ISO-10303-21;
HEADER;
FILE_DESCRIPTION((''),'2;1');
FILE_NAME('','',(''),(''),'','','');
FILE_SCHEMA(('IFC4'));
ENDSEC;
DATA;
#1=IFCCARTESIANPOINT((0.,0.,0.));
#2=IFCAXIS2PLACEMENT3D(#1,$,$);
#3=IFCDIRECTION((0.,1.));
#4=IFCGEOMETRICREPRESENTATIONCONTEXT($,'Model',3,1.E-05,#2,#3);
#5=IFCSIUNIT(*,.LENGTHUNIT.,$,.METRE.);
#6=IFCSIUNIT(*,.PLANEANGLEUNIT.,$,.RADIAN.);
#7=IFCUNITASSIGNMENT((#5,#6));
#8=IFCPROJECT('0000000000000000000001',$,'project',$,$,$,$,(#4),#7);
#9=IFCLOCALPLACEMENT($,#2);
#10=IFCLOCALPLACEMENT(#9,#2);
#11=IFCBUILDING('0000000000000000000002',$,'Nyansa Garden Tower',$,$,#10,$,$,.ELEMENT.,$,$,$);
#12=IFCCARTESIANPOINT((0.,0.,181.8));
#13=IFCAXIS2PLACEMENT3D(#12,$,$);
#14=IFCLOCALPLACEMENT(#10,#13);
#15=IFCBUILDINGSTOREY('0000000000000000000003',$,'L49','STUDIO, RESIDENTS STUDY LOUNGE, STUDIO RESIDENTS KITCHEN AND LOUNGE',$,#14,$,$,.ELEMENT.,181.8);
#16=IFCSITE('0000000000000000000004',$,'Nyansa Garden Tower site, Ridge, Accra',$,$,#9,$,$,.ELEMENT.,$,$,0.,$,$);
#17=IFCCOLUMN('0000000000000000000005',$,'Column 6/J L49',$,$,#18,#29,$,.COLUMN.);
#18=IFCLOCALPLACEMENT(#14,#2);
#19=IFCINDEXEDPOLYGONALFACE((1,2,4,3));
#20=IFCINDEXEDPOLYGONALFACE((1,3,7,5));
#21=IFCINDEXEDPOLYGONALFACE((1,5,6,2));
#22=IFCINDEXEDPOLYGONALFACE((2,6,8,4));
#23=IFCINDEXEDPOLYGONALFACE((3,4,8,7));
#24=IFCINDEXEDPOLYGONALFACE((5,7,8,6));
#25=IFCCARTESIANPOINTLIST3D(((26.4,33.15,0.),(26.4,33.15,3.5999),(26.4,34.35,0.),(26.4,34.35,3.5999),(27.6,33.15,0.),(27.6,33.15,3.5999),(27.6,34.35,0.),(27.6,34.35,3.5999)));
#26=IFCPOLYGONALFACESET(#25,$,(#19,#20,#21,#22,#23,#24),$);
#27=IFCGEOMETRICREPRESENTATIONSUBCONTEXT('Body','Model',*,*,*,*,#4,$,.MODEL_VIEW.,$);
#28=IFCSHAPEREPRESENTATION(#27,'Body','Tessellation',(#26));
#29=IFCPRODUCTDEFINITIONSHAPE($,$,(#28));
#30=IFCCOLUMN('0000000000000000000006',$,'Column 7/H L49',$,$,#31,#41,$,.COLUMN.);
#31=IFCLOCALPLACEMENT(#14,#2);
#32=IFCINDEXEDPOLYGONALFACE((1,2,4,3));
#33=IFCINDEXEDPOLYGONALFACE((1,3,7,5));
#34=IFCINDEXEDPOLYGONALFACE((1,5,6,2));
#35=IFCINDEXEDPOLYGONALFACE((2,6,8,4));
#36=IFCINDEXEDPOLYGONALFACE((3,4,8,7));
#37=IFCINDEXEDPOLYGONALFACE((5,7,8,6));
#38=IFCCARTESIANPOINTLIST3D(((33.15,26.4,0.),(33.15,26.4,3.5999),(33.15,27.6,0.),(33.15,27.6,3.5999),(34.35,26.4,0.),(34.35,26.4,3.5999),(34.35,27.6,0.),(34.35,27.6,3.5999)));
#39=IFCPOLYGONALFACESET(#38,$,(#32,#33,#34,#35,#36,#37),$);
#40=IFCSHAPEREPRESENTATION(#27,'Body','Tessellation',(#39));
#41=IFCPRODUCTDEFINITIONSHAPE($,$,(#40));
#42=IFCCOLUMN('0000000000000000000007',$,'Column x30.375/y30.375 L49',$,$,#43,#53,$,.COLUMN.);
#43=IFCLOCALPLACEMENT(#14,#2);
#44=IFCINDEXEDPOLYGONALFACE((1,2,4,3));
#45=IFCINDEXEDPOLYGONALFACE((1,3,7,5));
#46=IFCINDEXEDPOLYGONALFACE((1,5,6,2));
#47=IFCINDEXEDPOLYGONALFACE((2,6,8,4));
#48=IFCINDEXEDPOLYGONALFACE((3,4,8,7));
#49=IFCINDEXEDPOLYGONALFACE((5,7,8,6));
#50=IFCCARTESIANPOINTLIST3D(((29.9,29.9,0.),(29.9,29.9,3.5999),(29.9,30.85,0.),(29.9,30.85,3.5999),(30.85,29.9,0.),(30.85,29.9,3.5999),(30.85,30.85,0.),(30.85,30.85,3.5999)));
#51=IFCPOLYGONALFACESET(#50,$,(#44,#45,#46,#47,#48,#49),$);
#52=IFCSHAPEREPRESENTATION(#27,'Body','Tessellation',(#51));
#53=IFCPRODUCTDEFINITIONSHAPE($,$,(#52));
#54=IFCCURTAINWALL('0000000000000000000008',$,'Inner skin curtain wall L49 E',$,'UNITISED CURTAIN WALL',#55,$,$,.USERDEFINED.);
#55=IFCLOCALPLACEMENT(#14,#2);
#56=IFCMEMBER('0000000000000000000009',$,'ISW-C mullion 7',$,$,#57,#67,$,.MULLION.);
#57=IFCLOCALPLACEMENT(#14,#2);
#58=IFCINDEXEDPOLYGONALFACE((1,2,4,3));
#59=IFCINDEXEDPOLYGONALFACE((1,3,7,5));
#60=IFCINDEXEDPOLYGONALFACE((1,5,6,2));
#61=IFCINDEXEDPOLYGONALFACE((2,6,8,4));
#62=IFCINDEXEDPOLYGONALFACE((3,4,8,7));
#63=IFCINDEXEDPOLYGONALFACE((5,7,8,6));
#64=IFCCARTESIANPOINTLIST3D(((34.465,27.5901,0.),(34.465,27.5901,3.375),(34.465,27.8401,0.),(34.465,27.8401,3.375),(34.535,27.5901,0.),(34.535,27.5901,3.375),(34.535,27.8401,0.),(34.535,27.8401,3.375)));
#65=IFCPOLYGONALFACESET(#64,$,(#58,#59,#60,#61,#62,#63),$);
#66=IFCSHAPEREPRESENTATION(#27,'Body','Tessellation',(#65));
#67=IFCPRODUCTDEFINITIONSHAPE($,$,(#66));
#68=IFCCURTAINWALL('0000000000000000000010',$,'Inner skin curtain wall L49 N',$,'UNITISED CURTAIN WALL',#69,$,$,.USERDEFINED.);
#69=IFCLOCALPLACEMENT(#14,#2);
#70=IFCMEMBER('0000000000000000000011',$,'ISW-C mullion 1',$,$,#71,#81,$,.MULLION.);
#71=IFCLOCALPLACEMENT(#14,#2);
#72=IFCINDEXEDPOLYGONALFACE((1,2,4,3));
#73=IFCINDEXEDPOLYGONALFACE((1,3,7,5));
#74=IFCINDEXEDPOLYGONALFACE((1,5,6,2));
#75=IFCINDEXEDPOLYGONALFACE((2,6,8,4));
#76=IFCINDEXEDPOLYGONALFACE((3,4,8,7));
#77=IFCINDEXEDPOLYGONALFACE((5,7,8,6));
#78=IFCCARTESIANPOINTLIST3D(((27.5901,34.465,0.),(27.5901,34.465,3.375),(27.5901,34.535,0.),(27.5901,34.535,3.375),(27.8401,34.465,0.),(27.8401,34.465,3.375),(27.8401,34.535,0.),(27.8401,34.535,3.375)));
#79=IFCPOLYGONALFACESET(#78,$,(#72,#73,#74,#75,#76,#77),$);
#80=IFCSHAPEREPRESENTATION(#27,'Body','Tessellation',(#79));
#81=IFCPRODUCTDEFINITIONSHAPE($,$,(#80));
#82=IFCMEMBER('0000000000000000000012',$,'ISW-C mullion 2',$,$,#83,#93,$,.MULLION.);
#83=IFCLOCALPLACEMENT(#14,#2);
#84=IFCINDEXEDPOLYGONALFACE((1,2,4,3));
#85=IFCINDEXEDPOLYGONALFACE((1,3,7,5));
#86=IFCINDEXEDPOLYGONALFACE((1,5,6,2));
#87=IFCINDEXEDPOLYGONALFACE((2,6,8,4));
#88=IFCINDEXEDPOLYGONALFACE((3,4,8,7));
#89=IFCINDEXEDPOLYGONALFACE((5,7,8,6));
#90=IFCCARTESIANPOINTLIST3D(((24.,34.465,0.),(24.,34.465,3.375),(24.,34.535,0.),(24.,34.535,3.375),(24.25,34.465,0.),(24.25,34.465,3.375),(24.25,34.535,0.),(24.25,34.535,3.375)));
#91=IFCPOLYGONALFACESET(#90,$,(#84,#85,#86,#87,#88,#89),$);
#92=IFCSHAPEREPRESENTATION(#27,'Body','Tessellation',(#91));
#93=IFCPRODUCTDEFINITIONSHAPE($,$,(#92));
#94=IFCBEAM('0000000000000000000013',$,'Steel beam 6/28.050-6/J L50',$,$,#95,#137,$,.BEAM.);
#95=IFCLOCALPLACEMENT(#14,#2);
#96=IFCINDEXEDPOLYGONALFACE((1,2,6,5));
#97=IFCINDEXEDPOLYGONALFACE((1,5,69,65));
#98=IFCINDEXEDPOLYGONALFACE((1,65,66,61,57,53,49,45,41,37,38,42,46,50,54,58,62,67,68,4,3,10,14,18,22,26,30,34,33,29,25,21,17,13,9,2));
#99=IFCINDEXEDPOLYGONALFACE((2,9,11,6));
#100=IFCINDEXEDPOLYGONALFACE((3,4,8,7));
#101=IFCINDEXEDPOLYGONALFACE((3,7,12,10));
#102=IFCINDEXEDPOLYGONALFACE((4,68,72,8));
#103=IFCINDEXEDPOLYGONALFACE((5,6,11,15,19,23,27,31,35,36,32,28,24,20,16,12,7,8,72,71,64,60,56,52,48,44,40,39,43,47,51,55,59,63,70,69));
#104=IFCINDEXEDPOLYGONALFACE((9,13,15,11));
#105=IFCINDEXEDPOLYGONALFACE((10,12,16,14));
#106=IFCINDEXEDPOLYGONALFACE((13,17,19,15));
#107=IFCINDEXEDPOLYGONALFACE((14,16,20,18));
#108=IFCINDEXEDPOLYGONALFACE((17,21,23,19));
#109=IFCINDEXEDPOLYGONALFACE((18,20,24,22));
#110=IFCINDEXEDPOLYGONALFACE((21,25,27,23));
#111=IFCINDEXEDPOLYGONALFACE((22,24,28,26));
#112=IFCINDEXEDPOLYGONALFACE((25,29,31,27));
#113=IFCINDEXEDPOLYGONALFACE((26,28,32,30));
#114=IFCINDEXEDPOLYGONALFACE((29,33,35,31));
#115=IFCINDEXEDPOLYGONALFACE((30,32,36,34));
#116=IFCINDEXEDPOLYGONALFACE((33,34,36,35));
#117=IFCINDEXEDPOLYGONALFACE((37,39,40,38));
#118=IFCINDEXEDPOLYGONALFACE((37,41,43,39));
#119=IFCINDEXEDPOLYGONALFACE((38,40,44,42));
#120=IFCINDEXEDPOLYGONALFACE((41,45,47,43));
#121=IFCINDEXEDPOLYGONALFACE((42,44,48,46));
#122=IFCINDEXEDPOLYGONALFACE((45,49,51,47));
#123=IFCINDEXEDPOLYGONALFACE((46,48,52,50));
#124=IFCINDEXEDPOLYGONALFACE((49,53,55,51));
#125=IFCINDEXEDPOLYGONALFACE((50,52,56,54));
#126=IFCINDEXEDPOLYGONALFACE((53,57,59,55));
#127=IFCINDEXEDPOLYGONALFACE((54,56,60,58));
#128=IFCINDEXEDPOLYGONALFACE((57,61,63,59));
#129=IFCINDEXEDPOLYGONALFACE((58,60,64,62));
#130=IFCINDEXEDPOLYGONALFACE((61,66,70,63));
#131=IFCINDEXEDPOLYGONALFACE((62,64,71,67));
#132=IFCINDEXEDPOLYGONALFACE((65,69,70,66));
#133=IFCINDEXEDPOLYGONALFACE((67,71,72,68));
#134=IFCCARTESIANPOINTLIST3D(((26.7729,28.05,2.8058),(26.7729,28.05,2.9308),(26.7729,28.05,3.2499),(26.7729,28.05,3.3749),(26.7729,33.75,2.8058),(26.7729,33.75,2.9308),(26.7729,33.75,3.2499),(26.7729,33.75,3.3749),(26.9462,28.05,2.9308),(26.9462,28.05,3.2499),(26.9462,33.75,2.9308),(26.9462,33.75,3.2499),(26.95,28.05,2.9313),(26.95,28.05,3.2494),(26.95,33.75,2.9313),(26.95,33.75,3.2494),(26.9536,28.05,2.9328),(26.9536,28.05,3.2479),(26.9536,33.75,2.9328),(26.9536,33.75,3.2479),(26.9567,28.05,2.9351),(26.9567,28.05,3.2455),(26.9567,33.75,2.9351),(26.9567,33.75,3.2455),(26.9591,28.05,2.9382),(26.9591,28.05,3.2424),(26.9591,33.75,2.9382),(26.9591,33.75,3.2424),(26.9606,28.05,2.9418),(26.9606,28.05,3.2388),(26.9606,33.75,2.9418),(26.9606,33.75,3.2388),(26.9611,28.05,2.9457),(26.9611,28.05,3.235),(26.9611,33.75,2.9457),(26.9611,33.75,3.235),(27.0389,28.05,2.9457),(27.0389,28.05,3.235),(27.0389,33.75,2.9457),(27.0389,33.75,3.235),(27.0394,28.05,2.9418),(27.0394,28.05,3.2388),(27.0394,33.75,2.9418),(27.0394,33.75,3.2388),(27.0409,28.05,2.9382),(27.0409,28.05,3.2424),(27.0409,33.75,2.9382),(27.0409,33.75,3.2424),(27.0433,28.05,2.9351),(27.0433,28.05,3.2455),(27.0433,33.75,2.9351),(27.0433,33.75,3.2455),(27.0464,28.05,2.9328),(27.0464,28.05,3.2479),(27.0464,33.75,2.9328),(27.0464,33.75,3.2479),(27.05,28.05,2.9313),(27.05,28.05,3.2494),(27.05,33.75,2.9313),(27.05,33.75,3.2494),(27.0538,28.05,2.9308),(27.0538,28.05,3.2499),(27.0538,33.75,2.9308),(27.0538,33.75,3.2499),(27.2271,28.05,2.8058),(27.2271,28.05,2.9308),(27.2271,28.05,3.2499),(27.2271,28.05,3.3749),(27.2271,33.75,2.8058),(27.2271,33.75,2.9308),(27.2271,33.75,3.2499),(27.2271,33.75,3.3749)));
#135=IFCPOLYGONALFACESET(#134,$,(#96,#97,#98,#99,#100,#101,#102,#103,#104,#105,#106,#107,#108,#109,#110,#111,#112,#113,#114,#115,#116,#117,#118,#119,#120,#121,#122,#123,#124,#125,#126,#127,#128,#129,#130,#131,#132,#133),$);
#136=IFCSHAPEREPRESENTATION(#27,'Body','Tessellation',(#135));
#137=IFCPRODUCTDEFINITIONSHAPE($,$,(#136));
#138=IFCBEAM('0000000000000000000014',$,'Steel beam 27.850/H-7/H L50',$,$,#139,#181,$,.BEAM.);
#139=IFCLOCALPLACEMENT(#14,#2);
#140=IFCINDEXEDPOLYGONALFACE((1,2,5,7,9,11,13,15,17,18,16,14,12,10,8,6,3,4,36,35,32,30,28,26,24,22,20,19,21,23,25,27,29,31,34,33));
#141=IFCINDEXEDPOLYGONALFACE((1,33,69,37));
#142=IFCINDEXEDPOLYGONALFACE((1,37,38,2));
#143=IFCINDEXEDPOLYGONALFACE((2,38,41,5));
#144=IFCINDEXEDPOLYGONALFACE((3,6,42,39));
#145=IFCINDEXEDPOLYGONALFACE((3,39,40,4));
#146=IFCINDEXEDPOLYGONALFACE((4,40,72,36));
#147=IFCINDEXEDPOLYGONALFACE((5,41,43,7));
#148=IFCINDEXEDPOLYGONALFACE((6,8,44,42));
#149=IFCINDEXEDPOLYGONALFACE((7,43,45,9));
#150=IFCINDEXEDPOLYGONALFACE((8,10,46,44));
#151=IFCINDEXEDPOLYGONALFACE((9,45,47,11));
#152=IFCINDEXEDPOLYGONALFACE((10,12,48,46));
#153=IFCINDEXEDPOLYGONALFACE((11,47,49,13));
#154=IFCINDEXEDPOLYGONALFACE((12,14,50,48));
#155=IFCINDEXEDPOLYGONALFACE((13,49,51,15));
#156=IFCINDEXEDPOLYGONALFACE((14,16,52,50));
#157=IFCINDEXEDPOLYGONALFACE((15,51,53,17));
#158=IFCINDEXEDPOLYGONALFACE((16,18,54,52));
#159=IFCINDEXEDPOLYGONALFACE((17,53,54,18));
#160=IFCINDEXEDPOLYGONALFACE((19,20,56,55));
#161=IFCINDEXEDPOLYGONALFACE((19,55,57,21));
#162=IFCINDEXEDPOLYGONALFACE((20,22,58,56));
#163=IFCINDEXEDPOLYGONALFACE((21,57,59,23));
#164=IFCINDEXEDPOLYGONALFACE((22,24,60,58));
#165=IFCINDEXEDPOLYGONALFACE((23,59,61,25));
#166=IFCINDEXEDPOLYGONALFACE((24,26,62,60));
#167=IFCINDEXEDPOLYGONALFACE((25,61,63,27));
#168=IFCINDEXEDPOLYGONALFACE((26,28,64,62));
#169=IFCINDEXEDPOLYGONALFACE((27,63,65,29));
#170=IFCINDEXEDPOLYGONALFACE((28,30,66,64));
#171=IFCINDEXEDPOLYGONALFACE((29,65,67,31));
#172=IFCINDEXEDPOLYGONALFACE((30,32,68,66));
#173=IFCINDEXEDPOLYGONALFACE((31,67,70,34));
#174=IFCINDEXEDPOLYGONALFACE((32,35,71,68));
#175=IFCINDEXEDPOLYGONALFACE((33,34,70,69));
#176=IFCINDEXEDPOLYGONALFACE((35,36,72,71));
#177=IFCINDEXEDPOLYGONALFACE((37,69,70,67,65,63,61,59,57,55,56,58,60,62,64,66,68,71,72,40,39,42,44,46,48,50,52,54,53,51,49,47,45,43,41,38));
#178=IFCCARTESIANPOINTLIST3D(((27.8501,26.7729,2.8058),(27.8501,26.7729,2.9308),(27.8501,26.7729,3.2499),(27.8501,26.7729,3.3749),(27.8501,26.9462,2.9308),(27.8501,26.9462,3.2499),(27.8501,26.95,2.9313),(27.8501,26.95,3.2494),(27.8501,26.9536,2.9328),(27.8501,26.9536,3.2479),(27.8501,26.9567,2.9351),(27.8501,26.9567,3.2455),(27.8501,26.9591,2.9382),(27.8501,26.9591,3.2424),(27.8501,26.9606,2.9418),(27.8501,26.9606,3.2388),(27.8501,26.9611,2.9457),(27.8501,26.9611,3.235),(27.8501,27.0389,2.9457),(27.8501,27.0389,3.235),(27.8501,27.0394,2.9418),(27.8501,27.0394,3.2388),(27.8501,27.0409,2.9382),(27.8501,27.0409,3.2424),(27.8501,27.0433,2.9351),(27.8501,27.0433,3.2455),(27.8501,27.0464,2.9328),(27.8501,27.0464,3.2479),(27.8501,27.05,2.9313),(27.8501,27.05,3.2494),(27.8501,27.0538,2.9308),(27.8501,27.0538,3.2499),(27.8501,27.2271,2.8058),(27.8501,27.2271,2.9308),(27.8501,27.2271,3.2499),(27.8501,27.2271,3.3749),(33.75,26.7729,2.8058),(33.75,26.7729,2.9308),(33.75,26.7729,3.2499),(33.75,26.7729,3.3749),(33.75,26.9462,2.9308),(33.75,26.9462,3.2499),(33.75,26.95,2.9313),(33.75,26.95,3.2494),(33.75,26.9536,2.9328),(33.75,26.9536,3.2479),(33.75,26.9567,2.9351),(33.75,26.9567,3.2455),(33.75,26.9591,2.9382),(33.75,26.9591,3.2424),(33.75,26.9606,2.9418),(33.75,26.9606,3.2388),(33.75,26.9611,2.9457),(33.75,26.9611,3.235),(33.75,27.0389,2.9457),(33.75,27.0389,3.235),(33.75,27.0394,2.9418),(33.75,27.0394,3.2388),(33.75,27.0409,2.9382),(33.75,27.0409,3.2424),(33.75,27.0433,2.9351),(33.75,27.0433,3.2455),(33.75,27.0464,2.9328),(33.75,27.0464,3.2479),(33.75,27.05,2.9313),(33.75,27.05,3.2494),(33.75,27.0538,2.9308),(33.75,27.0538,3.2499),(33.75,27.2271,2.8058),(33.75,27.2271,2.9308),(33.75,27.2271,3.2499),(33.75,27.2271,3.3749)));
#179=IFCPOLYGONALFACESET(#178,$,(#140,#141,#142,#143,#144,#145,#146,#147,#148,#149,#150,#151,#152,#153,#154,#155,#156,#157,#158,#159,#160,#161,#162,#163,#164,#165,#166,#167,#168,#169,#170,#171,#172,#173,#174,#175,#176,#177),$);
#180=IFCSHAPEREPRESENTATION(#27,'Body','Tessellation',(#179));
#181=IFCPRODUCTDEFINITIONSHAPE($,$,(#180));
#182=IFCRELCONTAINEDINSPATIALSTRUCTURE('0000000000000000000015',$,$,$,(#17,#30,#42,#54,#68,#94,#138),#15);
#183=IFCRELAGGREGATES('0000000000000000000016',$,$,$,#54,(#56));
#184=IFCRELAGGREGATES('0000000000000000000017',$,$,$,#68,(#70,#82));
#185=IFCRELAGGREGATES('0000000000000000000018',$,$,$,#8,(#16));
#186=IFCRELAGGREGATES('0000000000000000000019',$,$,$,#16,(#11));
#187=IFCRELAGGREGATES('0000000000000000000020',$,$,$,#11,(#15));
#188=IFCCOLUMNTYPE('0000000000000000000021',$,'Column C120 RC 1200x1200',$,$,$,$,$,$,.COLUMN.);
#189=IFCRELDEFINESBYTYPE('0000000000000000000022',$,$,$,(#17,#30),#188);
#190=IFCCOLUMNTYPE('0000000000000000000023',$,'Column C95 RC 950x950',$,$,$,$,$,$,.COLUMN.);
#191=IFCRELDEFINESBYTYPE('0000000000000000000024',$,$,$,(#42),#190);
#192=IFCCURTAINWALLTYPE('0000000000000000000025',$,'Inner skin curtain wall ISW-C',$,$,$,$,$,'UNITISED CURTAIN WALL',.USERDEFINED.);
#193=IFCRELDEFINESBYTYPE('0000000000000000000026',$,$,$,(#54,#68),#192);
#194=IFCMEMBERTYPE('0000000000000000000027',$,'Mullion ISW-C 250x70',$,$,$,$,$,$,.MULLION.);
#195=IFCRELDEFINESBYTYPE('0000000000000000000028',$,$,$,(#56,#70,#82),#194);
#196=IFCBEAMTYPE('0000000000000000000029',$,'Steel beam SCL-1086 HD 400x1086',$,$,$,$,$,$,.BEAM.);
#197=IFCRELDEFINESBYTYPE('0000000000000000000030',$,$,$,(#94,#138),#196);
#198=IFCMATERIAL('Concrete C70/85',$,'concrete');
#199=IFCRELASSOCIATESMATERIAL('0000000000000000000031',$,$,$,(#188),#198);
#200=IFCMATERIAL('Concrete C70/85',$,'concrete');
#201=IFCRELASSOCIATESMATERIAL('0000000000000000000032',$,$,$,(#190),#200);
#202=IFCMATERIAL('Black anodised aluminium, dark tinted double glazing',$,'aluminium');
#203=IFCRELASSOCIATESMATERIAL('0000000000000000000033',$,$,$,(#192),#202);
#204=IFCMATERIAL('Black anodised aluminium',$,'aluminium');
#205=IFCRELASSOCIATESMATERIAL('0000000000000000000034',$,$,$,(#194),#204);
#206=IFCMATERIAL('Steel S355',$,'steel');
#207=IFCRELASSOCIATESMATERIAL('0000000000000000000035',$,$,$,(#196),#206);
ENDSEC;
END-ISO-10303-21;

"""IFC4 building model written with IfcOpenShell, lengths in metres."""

from ifc_helpers import new_model, si_unit, direction, frame, origin, origin_2d, place, context, subcontext, project, spatial, rectangle, i_section, extrude, material, material_profile, profile_set, type_object, element, aggregate, save


model = new_model("IFC4")

# Units and contexts
model_context = context("Model", 3, precision=1e-05, world=origin(), true_north=direction((0.0, 1.0)))
body_context = subcontext(model_context, "Body", "Model", "MODEL_VIEW")
ifc_project = project(units=[si_unit("LENGTHUNIT", "METRE"), si_unit("PLANEANGLEUNIT", "RADIAN")], contexts=[model_context])

# Site, building, storey
site_placement = place(None, origin())
site = spatial("IfcSite", under=ifc_project, at=site_placement, Name="Nyansa Garden Tower site, Ridge, Accra", CompositionType="ELEMENT", RefElevation=0.0)
building_placement = place(site_placement, origin())
building = spatial("IfcBuilding", under=site, at=building_placement, Name="Nyansa Garden Tower", CompositionType="ELEMENT")
storey_placement = place(building_placement, frame((0.0, 0.0, 181.8)))
storey = spatial("IfcBuildingStorey", under=building, at=storey_placement, Name="L49", Description="STUDIO, RESIDENTS STUDY LOUNGE, STUDIO RESIDENTS KITCHEN AND LOUNGE", CompositionType="ELEMENT", Elevation=181.8)

# Columns
ifc_material_1 = material(Name="Concrete C70/85", Category="concrete")
ifc_material_profile_1 = material_profile(ifc_material_1, rectangle(XDim=1.2, YDim=1.2, at=origin_2d()), Name="RC 1200x1200")
ifc_profile_set_1 = profile_set([ifc_material_profile_1], Name="Concrete C70/85")
column_type_1 = type_object("IfcColumnType", Name="Column C120 RC 1200x1200", PredefinedType="COLUMN", material=ifc_profile_set_1)
for number, where, z_axis, x_axis, name in (
    (1, (27.0, 33.75, 0.0), (0.0, 0.0, 1.0), (1.0, 0.0, 0.0), "Column 6/J L49"),
    (2, (33.75, 27.0, 0.0), (0.0, 0.0, 1.0), (1.0, 0.0, 0.0), "Column 7/H L49"),
):
    element("IfcColumn", number, at=place(storey_placement, frame(where, z_axis=z_axis, x_axis=x_axis)), inside=storey, type_object=column_type_1, Name=name, PredefinedType="COLUMN", context=body_context, shape_type="SweptSolid", body=[
        extrude(rectangle(XDim=1.2, YDim=1.2, at=origin_2d()), origin(), (0.0, 0.0, 1.0), 3.5999),
    ])
ifc_material_2 = material(Name="Concrete C70/85", Category="concrete")
ifc_material_profile_2 = material_profile(ifc_material_2, rectangle(XDim=0.95, YDim=0.95, at=origin_2d()), Name="RC 950x950")
ifc_profile_set_2 = profile_set([ifc_material_profile_2], Name="Concrete C70/85")
column_type_2 = type_object("IfcColumnType", Name="Column C95 RC 950x950", PredefinedType="COLUMN", material=ifc_profile_set_2)
column_placement = place(storey_placement, frame((30.375, 30.375, 0.0), z_axis=(0.0, 0.0, 1.0), x_axis=(1.0, 0.0, 0.0)))
element("IfcColumn", 3, at=column_placement, inside=storey, type_object=column_type_2, Name="Column x30.375/y30.375 L49", PredefinedType="COLUMN", context=body_context, shape_type="SweptSolid", body=[
    extrude(rectangle(XDim=0.95, YDim=0.95, at=origin_2d()), origin(), (0.0, 0.0, 1.0), 3.5999),
])

# Curtain wall, member
ifc_material_3 = material(Name="Black anodised aluminium, dark tinted double glazing", Category="aluminium")
curtain_wall_type = type_object("IfcCurtainWallType", Name="Inner skin curtain wall ISW-C", ElementType="UNITISED CURTAIN WALL", PredefinedType="USERDEFINED", material=ifc_material_3)
curtain_wall_1_placement = place(storey_placement, origin())
curtain_wall_1 = element("IfcCurtainWall", 4, at=curtain_wall_1_placement, inside=storey, type_object=curtain_wall_type, Name="Inner skin curtain wall L49 E", ObjectType="UNITISED CURTAIN WALL", PredefinedType="USERDEFINED")
ifc_material_4 = material(Name="Black anodised aluminium", Category="aluminium")
ifc_material_profile_3 = material_profile(ifc_material_4, rectangle(XDim=0.0701, YDim=0.25, at=origin_2d()), Name="Mullion 250x70")
ifc_profile_set_3 = profile_set([ifc_material_profile_3], Name="Black anodised aluminium")
member_type_1 = type_object("IfcMemberType", Name="Mullion ISW-C 250x70", PredefinedType="MULLION", material=ifc_profile_set_3)
member_1_placement = place(storey_placement, frame((34.5, 27.7151, 0.0), z_axis=(0.0, 0.0, 1.0), x_axis=(-1.0, 0.0, 0.0)))
member_1 = element("IfcMember", 5, at=member_1_placement, type_object=member_type_1, Name="ISW-C mullion 7", PredefinedType="MULLION", context=body_context, shape_type="SweptSolid", body=[
    extrude(rectangle(XDim=0.0701, YDim=0.25, at=origin_2d()), origin(), (0.0, 0.0, 1.0), 3.375),
])
aggregate(curtain_wall_1, [member_1])

# Curtain wall, members
curtain_wall_2_placement = place(storey_placement, origin())
curtain_wall_2 = element("IfcCurtainWall", 6, at=curtain_wall_2_placement, inside=storey, type_object=curtain_wall_type, Name="Inner skin curtain wall L49 N", ObjectType="UNITISED CURTAIN WALL", PredefinedType="USERDEFINED")
member_2_placement = place(storey_placement, frame((27.7151, 34.5, 0.0), z_axis=(0.0, 0.0, 1.0), x_axis=(0.0, -1.0, 0.0)))
member_2 = element("IfcMember", 7, at=member_2_placement, type_object=member_type_1, Name="ISW-C mullion 1", PredefinedType="MULLION", context=body_context, shape_type="SweptSolid", body=[
    extrude(rectangle(XDim=0.0701, YDim=0.25, at=origin_2d()), origin(), (0.0, 0.0, 1.0), 3.375),
])
member_3_placement = place(storey_placement, frame((24.125, 34.5, 0.0), z_axis=(0.0, 0.0, 1.0), x_axis=(0.0, -1.0, 0.0)))
member_3 = element("IfcMember", 8, at=member_3_placement, type_object=member_type_1, Name="ISW-C mullion 2", PredefinedType="MULLION", context=body_context, shape_type="SweptSolid", body=[
    extrude(rectangle(XDim=0.0701, YDim=0.25, at=origin_2d()), origin(), (0.0, 0.0, 1.0), 3.375),
])

# Beams
ifc_material_5 = material(Name="Steel S355", Category="steel")
ifc_material_profile_4 = material_profile(ifc_material_5, i_section(OverallWidth=0.4541, OverallDepth=0.5691, WebThickness=0.0779, FlangeThickness=0.125, FilletRadius=0.0149, at=origin_2d()), Name="HD 400x1086")
ifc_profile_set_4 = profile_set([ifc_material_profile_4], Name="Steel S355")
beam_type_1 = type_object("IfcBeamType", Name="Steel beam SCL-1086 HD 400x1086", PredefinedType="BEAM", material=ifc_profile_set_4)
beam_1_placement = place(storey_placement, frame((27.0, 28.05, 3.0903), z_axis=(0.0, 1.0, 0.0), x_axis=(-1.0, 0.0, 0.0)))
element("IfcBeam", 9, at=beam_1_placement, inside=storey, type_object=beam_type_1, Name="Steel beam 6/28.050-6/J L50", PredefinedType="BEAM", context=body_context, shape_type="SweptSolid", body=[
    extrude(i_section(OverallWidth=0.4541, OverallDepth=0.5691, WebThickness=0.0779, FlangeThickness=0.125, FilletRadius=0.0149, at=origin_2d()), origin(), (0.0, 0.0, 1.0), 5.7),
])
beam_2_placement = place(storey_placement, frame((27.8501, 27.0, 3.0903), z_axis=(1.0, 0.0, 0.0), x_axis=(0.0, 1.0, 0.0)))
element("IfcBeam", 10, at=beam_2_placement, inside=storey, type_object=beam_type_1, Name="Steel beam 27.850/H-7/H L50", PredefinedType="BEAM", context=body_context, shape_type="SweptSolid", body=[
    extrude(i_section(OverallWidth=0.4541, OverallDepth=0.5691, WebThickness=0.0779, FlangeThickness=0.125, FilletRadius=0.0149, at=origin_2d()), origin(), (0.0, 0.0, 1.0), 5.8999),
])

aggregate(curtain_wall_2, [member_2, member_3])

save(model, "model.ifc")
